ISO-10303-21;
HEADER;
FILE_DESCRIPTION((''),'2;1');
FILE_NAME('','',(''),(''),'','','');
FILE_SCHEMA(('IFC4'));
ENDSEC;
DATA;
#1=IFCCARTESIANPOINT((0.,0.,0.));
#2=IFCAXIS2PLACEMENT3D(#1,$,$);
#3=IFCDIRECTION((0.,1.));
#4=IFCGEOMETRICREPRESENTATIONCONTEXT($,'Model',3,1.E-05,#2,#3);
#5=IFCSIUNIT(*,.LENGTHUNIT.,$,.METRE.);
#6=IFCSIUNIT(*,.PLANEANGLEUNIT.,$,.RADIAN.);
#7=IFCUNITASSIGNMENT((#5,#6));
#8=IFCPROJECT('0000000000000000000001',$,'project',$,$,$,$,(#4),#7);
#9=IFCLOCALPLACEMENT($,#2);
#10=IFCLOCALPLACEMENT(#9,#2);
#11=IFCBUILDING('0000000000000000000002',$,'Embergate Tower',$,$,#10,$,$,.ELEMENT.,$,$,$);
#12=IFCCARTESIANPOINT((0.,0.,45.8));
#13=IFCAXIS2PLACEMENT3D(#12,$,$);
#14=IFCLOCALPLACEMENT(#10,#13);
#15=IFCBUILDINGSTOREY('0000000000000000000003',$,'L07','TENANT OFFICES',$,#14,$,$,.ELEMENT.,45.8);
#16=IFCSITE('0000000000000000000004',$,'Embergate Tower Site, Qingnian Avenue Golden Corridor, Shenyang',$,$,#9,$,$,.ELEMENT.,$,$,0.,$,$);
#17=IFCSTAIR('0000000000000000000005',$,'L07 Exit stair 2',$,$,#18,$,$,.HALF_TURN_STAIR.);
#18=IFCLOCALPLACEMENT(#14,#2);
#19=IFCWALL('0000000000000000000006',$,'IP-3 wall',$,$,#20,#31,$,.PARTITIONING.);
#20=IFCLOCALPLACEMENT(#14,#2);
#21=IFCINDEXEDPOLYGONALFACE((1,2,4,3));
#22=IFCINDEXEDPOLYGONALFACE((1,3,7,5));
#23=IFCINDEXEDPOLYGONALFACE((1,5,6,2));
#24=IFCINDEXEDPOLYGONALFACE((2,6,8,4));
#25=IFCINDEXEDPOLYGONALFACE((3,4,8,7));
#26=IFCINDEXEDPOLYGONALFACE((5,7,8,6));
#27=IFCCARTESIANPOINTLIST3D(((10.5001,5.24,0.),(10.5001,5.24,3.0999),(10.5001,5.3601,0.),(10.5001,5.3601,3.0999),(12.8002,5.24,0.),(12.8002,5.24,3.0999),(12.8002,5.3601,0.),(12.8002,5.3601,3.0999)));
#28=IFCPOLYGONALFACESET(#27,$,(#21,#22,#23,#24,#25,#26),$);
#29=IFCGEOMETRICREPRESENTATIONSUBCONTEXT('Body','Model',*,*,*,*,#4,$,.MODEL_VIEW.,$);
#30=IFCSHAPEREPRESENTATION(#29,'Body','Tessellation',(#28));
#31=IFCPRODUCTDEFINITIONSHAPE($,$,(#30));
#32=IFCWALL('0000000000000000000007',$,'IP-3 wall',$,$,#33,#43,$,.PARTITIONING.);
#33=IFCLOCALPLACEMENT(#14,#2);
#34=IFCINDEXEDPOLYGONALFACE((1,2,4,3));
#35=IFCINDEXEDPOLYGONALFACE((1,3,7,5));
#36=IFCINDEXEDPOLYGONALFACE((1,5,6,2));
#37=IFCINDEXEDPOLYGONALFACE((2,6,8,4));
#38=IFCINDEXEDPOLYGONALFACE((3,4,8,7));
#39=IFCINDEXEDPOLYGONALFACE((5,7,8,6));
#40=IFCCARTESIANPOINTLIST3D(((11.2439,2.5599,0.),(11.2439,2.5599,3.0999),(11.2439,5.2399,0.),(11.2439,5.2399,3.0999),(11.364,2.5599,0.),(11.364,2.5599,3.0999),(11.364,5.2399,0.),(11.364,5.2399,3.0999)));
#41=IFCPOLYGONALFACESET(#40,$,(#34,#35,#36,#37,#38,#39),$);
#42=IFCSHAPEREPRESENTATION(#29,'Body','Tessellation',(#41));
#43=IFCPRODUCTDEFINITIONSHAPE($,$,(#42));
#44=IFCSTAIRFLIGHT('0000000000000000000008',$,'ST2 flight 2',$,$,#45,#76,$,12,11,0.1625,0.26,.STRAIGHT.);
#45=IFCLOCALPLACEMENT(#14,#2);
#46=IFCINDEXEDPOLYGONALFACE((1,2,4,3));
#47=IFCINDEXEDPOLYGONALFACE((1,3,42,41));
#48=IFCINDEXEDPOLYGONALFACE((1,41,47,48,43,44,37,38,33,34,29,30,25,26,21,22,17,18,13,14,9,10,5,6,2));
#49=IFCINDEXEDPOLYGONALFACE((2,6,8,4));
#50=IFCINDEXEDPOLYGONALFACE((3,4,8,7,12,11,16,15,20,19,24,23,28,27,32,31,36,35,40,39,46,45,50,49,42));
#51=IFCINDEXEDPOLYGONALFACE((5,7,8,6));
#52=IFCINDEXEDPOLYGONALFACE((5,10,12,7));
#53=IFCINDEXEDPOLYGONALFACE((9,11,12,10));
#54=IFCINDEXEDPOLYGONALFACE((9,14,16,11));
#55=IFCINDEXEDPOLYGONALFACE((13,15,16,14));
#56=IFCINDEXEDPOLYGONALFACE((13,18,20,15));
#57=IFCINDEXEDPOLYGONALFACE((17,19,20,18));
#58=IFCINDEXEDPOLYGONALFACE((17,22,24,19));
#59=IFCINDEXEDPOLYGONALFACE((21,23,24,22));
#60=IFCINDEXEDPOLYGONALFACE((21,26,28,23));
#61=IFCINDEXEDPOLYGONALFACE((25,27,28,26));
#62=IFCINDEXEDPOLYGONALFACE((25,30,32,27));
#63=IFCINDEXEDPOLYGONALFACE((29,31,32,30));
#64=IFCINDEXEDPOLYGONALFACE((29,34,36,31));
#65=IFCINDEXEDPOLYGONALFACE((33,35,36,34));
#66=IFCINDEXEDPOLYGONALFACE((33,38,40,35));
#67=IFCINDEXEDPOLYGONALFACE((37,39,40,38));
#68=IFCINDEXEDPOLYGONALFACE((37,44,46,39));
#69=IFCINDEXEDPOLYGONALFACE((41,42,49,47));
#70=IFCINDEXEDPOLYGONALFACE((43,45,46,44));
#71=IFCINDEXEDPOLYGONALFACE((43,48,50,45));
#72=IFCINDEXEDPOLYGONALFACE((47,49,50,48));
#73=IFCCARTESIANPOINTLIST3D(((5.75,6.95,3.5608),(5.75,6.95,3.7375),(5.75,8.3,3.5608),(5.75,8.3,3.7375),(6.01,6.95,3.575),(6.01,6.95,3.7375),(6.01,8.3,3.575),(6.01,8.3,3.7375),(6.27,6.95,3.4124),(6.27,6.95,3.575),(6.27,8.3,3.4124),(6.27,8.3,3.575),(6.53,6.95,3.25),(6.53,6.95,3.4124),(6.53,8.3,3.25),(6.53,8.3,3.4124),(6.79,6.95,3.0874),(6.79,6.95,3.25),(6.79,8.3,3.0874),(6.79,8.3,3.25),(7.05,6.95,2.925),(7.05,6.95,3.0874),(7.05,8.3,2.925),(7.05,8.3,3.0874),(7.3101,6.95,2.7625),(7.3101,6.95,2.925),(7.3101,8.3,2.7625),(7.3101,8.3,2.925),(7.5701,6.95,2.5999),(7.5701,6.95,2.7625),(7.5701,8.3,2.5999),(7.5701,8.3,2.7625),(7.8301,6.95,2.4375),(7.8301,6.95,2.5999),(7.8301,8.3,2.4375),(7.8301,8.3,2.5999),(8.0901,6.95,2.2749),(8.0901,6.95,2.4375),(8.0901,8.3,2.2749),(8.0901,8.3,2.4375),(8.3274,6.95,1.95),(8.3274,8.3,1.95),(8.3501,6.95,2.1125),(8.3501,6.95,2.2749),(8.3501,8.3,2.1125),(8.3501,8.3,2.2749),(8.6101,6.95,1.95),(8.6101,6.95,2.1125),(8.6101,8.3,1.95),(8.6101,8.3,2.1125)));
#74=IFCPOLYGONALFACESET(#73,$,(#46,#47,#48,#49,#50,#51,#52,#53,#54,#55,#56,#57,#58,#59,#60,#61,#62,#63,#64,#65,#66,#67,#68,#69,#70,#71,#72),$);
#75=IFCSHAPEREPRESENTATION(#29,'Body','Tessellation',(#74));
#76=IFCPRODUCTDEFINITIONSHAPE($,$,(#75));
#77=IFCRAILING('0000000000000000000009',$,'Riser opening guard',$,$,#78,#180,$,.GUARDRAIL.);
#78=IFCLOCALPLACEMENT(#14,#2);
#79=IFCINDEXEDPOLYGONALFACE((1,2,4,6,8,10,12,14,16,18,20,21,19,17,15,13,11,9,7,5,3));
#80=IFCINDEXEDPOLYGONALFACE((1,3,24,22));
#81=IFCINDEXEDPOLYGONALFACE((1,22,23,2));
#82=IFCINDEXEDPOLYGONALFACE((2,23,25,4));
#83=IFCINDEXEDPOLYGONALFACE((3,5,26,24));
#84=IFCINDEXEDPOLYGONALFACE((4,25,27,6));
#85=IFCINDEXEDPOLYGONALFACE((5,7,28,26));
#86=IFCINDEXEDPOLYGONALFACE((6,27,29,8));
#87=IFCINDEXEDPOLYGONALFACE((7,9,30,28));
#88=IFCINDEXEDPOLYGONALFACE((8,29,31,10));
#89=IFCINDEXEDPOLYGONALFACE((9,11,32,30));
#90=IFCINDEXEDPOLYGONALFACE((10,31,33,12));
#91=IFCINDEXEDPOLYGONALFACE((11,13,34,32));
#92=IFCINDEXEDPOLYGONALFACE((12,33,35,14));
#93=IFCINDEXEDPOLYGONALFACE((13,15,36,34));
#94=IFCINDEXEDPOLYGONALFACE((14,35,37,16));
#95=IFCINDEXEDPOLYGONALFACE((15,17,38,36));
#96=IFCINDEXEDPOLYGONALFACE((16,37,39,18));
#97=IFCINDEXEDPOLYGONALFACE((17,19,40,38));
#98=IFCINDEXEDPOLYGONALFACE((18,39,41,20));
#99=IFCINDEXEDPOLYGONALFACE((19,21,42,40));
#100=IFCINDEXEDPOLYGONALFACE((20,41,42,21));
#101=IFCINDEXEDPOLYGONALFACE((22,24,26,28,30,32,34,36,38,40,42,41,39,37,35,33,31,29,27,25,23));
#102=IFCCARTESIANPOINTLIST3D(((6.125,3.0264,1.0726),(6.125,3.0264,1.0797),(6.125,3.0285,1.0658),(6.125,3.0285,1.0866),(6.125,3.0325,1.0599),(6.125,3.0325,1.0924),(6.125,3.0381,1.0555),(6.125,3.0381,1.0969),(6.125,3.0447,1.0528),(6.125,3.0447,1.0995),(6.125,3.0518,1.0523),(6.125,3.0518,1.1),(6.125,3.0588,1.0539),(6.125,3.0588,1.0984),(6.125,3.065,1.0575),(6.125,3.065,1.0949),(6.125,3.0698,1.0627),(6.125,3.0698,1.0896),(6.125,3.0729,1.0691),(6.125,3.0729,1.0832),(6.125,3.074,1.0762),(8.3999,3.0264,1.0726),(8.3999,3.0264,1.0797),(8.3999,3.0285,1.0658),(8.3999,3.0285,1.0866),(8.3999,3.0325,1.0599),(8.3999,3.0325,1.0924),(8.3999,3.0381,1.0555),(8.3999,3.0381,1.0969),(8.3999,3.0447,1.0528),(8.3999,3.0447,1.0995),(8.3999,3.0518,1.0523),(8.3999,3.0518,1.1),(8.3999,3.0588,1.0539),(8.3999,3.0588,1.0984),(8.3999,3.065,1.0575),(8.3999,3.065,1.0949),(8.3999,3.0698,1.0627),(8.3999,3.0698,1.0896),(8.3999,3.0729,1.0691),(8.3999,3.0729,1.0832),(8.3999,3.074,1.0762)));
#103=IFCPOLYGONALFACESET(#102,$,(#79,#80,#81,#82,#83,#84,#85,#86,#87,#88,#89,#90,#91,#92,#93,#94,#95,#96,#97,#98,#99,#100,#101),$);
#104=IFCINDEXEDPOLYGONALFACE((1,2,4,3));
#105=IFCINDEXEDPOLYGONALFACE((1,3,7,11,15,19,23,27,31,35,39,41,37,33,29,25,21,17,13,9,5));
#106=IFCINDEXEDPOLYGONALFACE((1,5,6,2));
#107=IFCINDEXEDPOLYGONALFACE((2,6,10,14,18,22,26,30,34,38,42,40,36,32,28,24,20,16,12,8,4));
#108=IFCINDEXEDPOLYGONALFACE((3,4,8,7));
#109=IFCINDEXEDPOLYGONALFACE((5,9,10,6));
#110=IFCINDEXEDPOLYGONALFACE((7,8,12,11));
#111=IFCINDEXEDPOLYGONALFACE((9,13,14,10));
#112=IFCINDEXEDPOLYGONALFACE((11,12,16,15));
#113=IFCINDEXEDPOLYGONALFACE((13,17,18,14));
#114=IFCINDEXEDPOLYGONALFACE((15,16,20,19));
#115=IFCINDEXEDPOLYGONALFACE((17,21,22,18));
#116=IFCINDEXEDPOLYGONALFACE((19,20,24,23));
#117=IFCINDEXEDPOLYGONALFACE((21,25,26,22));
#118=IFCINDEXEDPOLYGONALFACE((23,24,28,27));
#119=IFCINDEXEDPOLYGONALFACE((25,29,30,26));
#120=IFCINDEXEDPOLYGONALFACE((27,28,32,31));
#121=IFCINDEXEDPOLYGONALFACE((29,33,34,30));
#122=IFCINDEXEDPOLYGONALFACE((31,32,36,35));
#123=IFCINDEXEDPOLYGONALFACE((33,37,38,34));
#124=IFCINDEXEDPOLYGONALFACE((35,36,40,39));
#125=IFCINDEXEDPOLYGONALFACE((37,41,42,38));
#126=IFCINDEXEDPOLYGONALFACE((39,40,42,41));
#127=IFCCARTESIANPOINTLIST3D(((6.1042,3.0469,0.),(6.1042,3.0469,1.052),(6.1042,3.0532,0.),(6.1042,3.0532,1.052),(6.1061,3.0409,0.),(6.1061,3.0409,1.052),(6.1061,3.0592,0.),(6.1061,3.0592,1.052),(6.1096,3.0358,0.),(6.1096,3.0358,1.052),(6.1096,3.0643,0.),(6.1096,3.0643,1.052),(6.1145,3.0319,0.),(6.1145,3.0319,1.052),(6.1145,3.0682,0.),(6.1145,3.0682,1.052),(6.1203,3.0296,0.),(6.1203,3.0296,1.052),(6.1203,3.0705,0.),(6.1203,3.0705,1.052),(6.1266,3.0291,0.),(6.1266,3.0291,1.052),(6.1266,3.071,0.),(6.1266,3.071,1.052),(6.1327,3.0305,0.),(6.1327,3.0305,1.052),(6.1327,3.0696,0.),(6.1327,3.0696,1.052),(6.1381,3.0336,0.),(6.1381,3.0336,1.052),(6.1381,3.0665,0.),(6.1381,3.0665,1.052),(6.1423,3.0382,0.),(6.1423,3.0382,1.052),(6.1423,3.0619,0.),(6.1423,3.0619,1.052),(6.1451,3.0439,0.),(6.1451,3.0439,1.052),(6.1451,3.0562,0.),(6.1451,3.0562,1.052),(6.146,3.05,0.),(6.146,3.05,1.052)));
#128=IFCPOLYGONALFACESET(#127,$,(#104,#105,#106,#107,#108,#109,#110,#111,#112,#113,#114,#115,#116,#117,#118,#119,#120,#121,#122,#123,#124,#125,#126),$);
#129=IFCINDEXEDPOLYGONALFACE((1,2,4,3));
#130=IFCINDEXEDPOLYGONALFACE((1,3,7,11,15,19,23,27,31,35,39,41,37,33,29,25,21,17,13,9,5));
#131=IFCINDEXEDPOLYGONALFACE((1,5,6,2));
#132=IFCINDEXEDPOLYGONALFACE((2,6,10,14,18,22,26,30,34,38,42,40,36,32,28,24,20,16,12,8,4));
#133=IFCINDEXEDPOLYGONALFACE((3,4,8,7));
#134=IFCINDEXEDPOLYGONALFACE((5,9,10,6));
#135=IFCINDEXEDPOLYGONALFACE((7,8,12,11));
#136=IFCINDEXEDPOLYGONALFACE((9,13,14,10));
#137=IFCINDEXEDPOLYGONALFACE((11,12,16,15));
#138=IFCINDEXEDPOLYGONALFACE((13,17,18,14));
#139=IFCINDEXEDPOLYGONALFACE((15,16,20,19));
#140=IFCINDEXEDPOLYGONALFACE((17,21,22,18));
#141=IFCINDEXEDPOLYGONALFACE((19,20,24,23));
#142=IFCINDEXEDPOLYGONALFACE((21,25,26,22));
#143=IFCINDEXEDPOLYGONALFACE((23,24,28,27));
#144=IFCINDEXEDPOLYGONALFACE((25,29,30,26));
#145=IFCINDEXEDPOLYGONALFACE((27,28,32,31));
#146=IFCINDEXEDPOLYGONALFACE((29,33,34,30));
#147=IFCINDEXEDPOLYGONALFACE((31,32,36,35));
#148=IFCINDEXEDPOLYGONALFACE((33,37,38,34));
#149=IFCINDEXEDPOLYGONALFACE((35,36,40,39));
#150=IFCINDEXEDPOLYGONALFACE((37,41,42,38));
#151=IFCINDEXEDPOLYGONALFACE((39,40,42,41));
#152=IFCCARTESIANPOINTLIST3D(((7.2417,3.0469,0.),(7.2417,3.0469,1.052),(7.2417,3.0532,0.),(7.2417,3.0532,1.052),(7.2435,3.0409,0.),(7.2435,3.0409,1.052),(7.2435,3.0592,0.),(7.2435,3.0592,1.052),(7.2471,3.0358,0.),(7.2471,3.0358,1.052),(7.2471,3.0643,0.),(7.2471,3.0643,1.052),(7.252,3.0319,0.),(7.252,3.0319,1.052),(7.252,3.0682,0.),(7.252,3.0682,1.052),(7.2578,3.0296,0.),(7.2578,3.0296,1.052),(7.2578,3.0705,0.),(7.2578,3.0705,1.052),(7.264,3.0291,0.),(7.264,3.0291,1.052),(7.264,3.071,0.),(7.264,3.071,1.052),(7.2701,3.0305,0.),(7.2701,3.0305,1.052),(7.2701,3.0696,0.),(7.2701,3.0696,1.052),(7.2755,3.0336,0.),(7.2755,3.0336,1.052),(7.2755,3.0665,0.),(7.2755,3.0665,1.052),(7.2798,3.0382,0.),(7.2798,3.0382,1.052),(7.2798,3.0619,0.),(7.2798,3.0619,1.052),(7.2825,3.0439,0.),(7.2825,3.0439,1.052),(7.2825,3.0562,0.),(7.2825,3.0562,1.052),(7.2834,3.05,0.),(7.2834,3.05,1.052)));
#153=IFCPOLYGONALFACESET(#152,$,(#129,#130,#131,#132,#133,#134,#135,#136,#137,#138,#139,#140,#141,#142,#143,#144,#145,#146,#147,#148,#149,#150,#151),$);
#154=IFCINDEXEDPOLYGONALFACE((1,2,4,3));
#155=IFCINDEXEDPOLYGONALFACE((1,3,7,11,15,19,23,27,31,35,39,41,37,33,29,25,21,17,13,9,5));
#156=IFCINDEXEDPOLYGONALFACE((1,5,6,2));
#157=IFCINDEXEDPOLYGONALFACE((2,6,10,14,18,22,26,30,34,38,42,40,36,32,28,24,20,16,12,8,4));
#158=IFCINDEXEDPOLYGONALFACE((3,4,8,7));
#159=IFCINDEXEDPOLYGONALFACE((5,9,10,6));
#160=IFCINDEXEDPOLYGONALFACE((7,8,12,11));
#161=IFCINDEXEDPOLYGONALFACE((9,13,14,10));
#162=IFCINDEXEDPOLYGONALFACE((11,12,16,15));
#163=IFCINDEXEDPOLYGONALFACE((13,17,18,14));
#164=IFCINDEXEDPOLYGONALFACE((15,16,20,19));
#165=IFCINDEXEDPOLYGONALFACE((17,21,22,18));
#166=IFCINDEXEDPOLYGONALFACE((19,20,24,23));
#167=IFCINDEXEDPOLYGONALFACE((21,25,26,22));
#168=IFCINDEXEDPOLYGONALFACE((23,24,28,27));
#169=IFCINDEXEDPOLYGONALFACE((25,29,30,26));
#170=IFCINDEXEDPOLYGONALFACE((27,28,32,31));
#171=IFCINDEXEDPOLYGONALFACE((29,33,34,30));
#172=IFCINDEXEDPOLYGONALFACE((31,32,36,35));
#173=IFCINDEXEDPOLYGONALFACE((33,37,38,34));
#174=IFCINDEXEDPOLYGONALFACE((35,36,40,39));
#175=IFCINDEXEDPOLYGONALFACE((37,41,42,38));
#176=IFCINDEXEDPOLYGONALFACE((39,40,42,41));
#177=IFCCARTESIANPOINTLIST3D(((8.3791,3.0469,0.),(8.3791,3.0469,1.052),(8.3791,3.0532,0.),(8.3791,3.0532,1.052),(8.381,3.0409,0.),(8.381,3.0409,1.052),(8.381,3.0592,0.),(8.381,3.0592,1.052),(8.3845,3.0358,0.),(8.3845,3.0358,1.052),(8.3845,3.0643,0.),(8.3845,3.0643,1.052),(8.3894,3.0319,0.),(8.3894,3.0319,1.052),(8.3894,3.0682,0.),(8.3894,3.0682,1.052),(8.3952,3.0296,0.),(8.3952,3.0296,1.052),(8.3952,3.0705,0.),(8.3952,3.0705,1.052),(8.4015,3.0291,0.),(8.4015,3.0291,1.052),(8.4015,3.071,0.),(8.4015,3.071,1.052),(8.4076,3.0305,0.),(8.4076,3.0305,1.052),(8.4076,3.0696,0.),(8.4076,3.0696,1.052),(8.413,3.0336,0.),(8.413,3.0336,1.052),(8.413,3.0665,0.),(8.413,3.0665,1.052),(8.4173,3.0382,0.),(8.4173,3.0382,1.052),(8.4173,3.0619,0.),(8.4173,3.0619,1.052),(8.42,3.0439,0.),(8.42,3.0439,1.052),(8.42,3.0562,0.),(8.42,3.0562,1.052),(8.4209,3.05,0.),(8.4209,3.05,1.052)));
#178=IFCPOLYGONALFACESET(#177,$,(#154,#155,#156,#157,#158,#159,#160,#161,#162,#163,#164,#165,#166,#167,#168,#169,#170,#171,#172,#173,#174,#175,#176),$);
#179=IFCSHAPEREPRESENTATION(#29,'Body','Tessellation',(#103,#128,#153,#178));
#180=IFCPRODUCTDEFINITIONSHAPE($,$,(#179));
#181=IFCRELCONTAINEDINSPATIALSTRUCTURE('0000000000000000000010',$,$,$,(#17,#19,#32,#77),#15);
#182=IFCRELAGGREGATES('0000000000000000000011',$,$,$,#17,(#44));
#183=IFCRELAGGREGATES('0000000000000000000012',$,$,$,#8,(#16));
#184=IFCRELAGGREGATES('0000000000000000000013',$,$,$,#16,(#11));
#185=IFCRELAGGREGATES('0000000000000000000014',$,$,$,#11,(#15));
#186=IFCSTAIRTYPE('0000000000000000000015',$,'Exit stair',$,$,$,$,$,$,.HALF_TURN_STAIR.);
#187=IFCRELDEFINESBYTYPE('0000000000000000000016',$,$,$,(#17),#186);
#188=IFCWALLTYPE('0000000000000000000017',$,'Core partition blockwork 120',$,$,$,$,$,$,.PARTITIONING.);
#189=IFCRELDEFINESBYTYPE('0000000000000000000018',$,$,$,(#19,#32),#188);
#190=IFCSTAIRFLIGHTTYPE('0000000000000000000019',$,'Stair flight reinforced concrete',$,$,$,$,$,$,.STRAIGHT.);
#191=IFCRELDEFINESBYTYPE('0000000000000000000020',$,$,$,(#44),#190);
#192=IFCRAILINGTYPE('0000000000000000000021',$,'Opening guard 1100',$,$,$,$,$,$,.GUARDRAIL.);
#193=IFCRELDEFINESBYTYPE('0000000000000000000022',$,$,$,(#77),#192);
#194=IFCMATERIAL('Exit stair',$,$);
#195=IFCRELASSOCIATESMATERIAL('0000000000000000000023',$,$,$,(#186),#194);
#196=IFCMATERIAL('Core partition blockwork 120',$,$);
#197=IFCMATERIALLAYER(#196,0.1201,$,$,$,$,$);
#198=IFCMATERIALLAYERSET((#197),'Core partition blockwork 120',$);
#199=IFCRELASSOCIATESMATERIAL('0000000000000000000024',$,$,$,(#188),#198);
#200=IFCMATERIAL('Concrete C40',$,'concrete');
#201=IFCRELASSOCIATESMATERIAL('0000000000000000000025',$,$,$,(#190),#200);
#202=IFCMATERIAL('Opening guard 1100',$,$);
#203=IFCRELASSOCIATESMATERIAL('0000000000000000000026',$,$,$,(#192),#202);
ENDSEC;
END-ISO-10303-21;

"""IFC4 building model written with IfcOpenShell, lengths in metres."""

from ifc_helpers import new_model, si_unit, direction, frame, frame_2d, origin, origin_2d, place, context, subcontext, project, spatial, polyline, rectangle, circle, outline, extrude, source, transform, mapped, material, layer, layer_set, type_object, element, aggregate, save


model = new_model("IFC4")

# Units and contexts
model_context = context("Model", 3, precision=1e-05, world=origin(), true_north=direction((0.0, 1.0)))
body_context = subcontext(model_context, "Body", "Model", "MODEL_VIEW")
ifc_project = project(units=[si_unit("LENGTHUNIT", "METRE"), si_unit("PLANEANGLEUNIT", "RADIAN")], contexts=[model_context])

# Site, building, storey
site_placement = place(None, origin())
site = spatial("IfcSite", under=ifc_project, at=site_placement, Name="Embergate Tower Site, Qingnian Avenue Golden Corridor, Shenyang", CompositionType="ELEMENT", RefElevation=0.0)
building_placement = place(site_placement, origin())
building = spatial("IfcBuilding", under=site, at=building_placement, Name="Embergate Tower", CompositionType="ELEMENT")
storey_placement = place(building_placement, frame((0.0, 0.0, 45.8)))
storey = spatial("IfcBuildingStorey", under=building, at=storey_placement, Name="L07", Description="TENANT OFFICES", CompositionType="ELEMENT", Elevation=45.8)

# Stair
ifc_material_1 = material(Name="Exit stair")
stair_type = type_object("IfcStairType", Name="Exit stair", PredefinedType="HALF_TURN_STAIR", material=ifc_material_1)
stair_placement = place(storey_placement, origin())
stair = element("IfcStair", 1, at=stair_placement, inside=storey, type_object=stair_type, Name="L07 Exit stair 2", PredefinedType="HALF_TURN_STAIR")
ifc_material_2 = material(Name="Concrete C40", Category="concrete")

# Shared definitions
ifc_material_3 = material(Name="Core partition blockwork 120")
ifc_layer_1 = layer(ifc_material_3, 0.1201)
ifc_layer_set_1 = layer_set([ifc_layer_1], Name="Core partition blockwork 120")
wall_type_1 = type_object("IfcWallType", Name="Core partition blockwork 120", PredefinedType="PARTITIONING", material=ifc_layer_set_1)

# Shared definitions
shared_shape_1 = source(origin(), body_context, "Body", "SweptSolid", [
    extrude(rectangle(XDim=2.3, YDim=0.1201, at=frame_2d((1.1499, 0.0))), origin(), (0.0, 0.0, 1.0), 3.0999),
])

# Walls
wall_1_placement = place(storey_placement, frame((12.8, 5.3, 0.0), z_axis=(0.0, 0.0, 1.0), x_axis=(-1.0, 0.0, 0.0)))
element("IfcWall", 2, at=wall_1_placement, inside=storey, type_object=wall_type_1, Name="IP-3 wall", PredefinedType="PARTITIONING", context=body_context, shape_type="MappedRepresentation", body=[
    mapped(shared_shape_1, transform((0.0, 0.0, 0.0))),
])
shared_shape_2 = source(origin(), body_context, "Body", "SweptSolid", [
    extrude(rectangle(XDim=2.6799, YDim=0.1201, at=frame_2d((1.3398, 0.0))), origin(), (0.0, 0.0, 1.0), 3.0999),
])
wall_2_placement = place(storey_placement, frame((11.304, 2.5601, 0.0), z_axis=(0.0, 0.0, 1.0), x_axis=(0.0, 1.0, 0.0)))
element("IfcWall", 3, at=wall_2_placement, inside=storey, type_object=wall_type_1, Name="IP-3 wall", PredefinedType="PARTITIONING", context=body_context, shape_type="MappedRepresentation", body=[
    mapped(shared_shape_2, transform((0.0, 0.0, 0.0))),
])

# Stair flight
stair_flight_type = type_object("IfcStairFlightType", Name="Stair flight reinforced concrete", PredefinedType="STRAIGHT", material=ifc_material_2)
shared_shape_3 = source(origin(), body_context, "Body", "SweptSolid", [
    extrude(outline(polyline([(0.0, 0.0), (0.0, 0.1626), (0.26, 0.1626), (0.26, 0.325), (0.52, 0.325), (0.52, 0.4875), (0.78, 0.4875), (0.78, 0.6499), (1.04, 0.6499), (1.04, 0.8125), (1.3, 0.8125), (1.3, 0.9751), (1.5601, 0.9751), (1.5601, 1.1375), (1.8201, 1.1375), (1.8201, 1.3), (2.0801, 1.3), (2.0801, 1.4624), (2.3401, 1.4624), (2.3401, 1.625), (2.6001, 1.625), (2.6001, 1.7876), (2.8601, 1.7876), (2.8601, 1.95), (2.8601, 1.6108), (0.2827, 0.0), (0.0, 0.0)])), frame((0.0, 0.675, 0.0), z_axis=(0.0, -1.0, 0.0), x_axis=(1.0, 0.0, 0.0)), (0.0, 0.0, 1.0), 1.3501),
])
stair_flight_placement = place(storey_placement, frame((8.6101, 7.625, 1.95), z_axis=(0.0, 0.0, 1.0), x_axis=(-1.0, 0.0, 0.0)))
stair_flight = element("IfcStairFlight", 4, at=stair_flight_placement, type_object=stair_flight_type, Name="ST2 flight 2", NumberOfRisers=12, NumberOfTreads=11, PredefinedType="STRAIGHT", RiserHeight=0.1625, TreadLength=0.26, context=body_context, shape_type="MappedRepresentation", body=[
    mapped(shared_shape_3, transform((0.0, 0.0, 0.0))),
])
aggregate(stair, [stair_flight])

# Railing
ifc_material_4 = material(Name="Opening guard 1100")
railing_type = type_object("IfcRailingType", Name="Opening guard 1100", PredefinedType="GUARDRAIL", material=ifc_material_4)
shared_shape_4 = source(origin(), body_context, "Body", "SweptSolid", [
    extrude(circle(Radius=0.0239, at=origin_2d()), frame((0.0, 0.0, 1.0762), z_axis=(1.0, 0.0, 0.0), x_axis=(0.0, 1.0, 0.0)), (0.0, 0.0, 1.0), 2.2749),
    extrude(circle(Radius=0.021, at=origin_2d()), origin(), (0.0, 0.0, 1.0), 1.052),
    extrude(circle(Radius=0.021, at=origin_2d()), frame((1.1375, 0.0, 0.0)), (0.0, 0.0, 1.0), 1.052),
    extrude(circle(Radius=0.021, at=origin_2d()), frame((2.2749, 0.0, 0.0)), (0.0, 0.0, 1.0), 1.052),
])
railing_placement = place(storey_placement, frame((6.125, 3.05, 0.0)))
element("IfcRailing", 5, at=railing_placement, inside=storey, type_object=railing_type, Name="Riser opening guard", PredefinedType="GUARDRAIL", context=body_context, shape_type="MappedRepresentation", body=[
    mapped(shared_shape_4, transform((0.0, 0.0, 0.0))),
])

save(model, "model.ifc")
